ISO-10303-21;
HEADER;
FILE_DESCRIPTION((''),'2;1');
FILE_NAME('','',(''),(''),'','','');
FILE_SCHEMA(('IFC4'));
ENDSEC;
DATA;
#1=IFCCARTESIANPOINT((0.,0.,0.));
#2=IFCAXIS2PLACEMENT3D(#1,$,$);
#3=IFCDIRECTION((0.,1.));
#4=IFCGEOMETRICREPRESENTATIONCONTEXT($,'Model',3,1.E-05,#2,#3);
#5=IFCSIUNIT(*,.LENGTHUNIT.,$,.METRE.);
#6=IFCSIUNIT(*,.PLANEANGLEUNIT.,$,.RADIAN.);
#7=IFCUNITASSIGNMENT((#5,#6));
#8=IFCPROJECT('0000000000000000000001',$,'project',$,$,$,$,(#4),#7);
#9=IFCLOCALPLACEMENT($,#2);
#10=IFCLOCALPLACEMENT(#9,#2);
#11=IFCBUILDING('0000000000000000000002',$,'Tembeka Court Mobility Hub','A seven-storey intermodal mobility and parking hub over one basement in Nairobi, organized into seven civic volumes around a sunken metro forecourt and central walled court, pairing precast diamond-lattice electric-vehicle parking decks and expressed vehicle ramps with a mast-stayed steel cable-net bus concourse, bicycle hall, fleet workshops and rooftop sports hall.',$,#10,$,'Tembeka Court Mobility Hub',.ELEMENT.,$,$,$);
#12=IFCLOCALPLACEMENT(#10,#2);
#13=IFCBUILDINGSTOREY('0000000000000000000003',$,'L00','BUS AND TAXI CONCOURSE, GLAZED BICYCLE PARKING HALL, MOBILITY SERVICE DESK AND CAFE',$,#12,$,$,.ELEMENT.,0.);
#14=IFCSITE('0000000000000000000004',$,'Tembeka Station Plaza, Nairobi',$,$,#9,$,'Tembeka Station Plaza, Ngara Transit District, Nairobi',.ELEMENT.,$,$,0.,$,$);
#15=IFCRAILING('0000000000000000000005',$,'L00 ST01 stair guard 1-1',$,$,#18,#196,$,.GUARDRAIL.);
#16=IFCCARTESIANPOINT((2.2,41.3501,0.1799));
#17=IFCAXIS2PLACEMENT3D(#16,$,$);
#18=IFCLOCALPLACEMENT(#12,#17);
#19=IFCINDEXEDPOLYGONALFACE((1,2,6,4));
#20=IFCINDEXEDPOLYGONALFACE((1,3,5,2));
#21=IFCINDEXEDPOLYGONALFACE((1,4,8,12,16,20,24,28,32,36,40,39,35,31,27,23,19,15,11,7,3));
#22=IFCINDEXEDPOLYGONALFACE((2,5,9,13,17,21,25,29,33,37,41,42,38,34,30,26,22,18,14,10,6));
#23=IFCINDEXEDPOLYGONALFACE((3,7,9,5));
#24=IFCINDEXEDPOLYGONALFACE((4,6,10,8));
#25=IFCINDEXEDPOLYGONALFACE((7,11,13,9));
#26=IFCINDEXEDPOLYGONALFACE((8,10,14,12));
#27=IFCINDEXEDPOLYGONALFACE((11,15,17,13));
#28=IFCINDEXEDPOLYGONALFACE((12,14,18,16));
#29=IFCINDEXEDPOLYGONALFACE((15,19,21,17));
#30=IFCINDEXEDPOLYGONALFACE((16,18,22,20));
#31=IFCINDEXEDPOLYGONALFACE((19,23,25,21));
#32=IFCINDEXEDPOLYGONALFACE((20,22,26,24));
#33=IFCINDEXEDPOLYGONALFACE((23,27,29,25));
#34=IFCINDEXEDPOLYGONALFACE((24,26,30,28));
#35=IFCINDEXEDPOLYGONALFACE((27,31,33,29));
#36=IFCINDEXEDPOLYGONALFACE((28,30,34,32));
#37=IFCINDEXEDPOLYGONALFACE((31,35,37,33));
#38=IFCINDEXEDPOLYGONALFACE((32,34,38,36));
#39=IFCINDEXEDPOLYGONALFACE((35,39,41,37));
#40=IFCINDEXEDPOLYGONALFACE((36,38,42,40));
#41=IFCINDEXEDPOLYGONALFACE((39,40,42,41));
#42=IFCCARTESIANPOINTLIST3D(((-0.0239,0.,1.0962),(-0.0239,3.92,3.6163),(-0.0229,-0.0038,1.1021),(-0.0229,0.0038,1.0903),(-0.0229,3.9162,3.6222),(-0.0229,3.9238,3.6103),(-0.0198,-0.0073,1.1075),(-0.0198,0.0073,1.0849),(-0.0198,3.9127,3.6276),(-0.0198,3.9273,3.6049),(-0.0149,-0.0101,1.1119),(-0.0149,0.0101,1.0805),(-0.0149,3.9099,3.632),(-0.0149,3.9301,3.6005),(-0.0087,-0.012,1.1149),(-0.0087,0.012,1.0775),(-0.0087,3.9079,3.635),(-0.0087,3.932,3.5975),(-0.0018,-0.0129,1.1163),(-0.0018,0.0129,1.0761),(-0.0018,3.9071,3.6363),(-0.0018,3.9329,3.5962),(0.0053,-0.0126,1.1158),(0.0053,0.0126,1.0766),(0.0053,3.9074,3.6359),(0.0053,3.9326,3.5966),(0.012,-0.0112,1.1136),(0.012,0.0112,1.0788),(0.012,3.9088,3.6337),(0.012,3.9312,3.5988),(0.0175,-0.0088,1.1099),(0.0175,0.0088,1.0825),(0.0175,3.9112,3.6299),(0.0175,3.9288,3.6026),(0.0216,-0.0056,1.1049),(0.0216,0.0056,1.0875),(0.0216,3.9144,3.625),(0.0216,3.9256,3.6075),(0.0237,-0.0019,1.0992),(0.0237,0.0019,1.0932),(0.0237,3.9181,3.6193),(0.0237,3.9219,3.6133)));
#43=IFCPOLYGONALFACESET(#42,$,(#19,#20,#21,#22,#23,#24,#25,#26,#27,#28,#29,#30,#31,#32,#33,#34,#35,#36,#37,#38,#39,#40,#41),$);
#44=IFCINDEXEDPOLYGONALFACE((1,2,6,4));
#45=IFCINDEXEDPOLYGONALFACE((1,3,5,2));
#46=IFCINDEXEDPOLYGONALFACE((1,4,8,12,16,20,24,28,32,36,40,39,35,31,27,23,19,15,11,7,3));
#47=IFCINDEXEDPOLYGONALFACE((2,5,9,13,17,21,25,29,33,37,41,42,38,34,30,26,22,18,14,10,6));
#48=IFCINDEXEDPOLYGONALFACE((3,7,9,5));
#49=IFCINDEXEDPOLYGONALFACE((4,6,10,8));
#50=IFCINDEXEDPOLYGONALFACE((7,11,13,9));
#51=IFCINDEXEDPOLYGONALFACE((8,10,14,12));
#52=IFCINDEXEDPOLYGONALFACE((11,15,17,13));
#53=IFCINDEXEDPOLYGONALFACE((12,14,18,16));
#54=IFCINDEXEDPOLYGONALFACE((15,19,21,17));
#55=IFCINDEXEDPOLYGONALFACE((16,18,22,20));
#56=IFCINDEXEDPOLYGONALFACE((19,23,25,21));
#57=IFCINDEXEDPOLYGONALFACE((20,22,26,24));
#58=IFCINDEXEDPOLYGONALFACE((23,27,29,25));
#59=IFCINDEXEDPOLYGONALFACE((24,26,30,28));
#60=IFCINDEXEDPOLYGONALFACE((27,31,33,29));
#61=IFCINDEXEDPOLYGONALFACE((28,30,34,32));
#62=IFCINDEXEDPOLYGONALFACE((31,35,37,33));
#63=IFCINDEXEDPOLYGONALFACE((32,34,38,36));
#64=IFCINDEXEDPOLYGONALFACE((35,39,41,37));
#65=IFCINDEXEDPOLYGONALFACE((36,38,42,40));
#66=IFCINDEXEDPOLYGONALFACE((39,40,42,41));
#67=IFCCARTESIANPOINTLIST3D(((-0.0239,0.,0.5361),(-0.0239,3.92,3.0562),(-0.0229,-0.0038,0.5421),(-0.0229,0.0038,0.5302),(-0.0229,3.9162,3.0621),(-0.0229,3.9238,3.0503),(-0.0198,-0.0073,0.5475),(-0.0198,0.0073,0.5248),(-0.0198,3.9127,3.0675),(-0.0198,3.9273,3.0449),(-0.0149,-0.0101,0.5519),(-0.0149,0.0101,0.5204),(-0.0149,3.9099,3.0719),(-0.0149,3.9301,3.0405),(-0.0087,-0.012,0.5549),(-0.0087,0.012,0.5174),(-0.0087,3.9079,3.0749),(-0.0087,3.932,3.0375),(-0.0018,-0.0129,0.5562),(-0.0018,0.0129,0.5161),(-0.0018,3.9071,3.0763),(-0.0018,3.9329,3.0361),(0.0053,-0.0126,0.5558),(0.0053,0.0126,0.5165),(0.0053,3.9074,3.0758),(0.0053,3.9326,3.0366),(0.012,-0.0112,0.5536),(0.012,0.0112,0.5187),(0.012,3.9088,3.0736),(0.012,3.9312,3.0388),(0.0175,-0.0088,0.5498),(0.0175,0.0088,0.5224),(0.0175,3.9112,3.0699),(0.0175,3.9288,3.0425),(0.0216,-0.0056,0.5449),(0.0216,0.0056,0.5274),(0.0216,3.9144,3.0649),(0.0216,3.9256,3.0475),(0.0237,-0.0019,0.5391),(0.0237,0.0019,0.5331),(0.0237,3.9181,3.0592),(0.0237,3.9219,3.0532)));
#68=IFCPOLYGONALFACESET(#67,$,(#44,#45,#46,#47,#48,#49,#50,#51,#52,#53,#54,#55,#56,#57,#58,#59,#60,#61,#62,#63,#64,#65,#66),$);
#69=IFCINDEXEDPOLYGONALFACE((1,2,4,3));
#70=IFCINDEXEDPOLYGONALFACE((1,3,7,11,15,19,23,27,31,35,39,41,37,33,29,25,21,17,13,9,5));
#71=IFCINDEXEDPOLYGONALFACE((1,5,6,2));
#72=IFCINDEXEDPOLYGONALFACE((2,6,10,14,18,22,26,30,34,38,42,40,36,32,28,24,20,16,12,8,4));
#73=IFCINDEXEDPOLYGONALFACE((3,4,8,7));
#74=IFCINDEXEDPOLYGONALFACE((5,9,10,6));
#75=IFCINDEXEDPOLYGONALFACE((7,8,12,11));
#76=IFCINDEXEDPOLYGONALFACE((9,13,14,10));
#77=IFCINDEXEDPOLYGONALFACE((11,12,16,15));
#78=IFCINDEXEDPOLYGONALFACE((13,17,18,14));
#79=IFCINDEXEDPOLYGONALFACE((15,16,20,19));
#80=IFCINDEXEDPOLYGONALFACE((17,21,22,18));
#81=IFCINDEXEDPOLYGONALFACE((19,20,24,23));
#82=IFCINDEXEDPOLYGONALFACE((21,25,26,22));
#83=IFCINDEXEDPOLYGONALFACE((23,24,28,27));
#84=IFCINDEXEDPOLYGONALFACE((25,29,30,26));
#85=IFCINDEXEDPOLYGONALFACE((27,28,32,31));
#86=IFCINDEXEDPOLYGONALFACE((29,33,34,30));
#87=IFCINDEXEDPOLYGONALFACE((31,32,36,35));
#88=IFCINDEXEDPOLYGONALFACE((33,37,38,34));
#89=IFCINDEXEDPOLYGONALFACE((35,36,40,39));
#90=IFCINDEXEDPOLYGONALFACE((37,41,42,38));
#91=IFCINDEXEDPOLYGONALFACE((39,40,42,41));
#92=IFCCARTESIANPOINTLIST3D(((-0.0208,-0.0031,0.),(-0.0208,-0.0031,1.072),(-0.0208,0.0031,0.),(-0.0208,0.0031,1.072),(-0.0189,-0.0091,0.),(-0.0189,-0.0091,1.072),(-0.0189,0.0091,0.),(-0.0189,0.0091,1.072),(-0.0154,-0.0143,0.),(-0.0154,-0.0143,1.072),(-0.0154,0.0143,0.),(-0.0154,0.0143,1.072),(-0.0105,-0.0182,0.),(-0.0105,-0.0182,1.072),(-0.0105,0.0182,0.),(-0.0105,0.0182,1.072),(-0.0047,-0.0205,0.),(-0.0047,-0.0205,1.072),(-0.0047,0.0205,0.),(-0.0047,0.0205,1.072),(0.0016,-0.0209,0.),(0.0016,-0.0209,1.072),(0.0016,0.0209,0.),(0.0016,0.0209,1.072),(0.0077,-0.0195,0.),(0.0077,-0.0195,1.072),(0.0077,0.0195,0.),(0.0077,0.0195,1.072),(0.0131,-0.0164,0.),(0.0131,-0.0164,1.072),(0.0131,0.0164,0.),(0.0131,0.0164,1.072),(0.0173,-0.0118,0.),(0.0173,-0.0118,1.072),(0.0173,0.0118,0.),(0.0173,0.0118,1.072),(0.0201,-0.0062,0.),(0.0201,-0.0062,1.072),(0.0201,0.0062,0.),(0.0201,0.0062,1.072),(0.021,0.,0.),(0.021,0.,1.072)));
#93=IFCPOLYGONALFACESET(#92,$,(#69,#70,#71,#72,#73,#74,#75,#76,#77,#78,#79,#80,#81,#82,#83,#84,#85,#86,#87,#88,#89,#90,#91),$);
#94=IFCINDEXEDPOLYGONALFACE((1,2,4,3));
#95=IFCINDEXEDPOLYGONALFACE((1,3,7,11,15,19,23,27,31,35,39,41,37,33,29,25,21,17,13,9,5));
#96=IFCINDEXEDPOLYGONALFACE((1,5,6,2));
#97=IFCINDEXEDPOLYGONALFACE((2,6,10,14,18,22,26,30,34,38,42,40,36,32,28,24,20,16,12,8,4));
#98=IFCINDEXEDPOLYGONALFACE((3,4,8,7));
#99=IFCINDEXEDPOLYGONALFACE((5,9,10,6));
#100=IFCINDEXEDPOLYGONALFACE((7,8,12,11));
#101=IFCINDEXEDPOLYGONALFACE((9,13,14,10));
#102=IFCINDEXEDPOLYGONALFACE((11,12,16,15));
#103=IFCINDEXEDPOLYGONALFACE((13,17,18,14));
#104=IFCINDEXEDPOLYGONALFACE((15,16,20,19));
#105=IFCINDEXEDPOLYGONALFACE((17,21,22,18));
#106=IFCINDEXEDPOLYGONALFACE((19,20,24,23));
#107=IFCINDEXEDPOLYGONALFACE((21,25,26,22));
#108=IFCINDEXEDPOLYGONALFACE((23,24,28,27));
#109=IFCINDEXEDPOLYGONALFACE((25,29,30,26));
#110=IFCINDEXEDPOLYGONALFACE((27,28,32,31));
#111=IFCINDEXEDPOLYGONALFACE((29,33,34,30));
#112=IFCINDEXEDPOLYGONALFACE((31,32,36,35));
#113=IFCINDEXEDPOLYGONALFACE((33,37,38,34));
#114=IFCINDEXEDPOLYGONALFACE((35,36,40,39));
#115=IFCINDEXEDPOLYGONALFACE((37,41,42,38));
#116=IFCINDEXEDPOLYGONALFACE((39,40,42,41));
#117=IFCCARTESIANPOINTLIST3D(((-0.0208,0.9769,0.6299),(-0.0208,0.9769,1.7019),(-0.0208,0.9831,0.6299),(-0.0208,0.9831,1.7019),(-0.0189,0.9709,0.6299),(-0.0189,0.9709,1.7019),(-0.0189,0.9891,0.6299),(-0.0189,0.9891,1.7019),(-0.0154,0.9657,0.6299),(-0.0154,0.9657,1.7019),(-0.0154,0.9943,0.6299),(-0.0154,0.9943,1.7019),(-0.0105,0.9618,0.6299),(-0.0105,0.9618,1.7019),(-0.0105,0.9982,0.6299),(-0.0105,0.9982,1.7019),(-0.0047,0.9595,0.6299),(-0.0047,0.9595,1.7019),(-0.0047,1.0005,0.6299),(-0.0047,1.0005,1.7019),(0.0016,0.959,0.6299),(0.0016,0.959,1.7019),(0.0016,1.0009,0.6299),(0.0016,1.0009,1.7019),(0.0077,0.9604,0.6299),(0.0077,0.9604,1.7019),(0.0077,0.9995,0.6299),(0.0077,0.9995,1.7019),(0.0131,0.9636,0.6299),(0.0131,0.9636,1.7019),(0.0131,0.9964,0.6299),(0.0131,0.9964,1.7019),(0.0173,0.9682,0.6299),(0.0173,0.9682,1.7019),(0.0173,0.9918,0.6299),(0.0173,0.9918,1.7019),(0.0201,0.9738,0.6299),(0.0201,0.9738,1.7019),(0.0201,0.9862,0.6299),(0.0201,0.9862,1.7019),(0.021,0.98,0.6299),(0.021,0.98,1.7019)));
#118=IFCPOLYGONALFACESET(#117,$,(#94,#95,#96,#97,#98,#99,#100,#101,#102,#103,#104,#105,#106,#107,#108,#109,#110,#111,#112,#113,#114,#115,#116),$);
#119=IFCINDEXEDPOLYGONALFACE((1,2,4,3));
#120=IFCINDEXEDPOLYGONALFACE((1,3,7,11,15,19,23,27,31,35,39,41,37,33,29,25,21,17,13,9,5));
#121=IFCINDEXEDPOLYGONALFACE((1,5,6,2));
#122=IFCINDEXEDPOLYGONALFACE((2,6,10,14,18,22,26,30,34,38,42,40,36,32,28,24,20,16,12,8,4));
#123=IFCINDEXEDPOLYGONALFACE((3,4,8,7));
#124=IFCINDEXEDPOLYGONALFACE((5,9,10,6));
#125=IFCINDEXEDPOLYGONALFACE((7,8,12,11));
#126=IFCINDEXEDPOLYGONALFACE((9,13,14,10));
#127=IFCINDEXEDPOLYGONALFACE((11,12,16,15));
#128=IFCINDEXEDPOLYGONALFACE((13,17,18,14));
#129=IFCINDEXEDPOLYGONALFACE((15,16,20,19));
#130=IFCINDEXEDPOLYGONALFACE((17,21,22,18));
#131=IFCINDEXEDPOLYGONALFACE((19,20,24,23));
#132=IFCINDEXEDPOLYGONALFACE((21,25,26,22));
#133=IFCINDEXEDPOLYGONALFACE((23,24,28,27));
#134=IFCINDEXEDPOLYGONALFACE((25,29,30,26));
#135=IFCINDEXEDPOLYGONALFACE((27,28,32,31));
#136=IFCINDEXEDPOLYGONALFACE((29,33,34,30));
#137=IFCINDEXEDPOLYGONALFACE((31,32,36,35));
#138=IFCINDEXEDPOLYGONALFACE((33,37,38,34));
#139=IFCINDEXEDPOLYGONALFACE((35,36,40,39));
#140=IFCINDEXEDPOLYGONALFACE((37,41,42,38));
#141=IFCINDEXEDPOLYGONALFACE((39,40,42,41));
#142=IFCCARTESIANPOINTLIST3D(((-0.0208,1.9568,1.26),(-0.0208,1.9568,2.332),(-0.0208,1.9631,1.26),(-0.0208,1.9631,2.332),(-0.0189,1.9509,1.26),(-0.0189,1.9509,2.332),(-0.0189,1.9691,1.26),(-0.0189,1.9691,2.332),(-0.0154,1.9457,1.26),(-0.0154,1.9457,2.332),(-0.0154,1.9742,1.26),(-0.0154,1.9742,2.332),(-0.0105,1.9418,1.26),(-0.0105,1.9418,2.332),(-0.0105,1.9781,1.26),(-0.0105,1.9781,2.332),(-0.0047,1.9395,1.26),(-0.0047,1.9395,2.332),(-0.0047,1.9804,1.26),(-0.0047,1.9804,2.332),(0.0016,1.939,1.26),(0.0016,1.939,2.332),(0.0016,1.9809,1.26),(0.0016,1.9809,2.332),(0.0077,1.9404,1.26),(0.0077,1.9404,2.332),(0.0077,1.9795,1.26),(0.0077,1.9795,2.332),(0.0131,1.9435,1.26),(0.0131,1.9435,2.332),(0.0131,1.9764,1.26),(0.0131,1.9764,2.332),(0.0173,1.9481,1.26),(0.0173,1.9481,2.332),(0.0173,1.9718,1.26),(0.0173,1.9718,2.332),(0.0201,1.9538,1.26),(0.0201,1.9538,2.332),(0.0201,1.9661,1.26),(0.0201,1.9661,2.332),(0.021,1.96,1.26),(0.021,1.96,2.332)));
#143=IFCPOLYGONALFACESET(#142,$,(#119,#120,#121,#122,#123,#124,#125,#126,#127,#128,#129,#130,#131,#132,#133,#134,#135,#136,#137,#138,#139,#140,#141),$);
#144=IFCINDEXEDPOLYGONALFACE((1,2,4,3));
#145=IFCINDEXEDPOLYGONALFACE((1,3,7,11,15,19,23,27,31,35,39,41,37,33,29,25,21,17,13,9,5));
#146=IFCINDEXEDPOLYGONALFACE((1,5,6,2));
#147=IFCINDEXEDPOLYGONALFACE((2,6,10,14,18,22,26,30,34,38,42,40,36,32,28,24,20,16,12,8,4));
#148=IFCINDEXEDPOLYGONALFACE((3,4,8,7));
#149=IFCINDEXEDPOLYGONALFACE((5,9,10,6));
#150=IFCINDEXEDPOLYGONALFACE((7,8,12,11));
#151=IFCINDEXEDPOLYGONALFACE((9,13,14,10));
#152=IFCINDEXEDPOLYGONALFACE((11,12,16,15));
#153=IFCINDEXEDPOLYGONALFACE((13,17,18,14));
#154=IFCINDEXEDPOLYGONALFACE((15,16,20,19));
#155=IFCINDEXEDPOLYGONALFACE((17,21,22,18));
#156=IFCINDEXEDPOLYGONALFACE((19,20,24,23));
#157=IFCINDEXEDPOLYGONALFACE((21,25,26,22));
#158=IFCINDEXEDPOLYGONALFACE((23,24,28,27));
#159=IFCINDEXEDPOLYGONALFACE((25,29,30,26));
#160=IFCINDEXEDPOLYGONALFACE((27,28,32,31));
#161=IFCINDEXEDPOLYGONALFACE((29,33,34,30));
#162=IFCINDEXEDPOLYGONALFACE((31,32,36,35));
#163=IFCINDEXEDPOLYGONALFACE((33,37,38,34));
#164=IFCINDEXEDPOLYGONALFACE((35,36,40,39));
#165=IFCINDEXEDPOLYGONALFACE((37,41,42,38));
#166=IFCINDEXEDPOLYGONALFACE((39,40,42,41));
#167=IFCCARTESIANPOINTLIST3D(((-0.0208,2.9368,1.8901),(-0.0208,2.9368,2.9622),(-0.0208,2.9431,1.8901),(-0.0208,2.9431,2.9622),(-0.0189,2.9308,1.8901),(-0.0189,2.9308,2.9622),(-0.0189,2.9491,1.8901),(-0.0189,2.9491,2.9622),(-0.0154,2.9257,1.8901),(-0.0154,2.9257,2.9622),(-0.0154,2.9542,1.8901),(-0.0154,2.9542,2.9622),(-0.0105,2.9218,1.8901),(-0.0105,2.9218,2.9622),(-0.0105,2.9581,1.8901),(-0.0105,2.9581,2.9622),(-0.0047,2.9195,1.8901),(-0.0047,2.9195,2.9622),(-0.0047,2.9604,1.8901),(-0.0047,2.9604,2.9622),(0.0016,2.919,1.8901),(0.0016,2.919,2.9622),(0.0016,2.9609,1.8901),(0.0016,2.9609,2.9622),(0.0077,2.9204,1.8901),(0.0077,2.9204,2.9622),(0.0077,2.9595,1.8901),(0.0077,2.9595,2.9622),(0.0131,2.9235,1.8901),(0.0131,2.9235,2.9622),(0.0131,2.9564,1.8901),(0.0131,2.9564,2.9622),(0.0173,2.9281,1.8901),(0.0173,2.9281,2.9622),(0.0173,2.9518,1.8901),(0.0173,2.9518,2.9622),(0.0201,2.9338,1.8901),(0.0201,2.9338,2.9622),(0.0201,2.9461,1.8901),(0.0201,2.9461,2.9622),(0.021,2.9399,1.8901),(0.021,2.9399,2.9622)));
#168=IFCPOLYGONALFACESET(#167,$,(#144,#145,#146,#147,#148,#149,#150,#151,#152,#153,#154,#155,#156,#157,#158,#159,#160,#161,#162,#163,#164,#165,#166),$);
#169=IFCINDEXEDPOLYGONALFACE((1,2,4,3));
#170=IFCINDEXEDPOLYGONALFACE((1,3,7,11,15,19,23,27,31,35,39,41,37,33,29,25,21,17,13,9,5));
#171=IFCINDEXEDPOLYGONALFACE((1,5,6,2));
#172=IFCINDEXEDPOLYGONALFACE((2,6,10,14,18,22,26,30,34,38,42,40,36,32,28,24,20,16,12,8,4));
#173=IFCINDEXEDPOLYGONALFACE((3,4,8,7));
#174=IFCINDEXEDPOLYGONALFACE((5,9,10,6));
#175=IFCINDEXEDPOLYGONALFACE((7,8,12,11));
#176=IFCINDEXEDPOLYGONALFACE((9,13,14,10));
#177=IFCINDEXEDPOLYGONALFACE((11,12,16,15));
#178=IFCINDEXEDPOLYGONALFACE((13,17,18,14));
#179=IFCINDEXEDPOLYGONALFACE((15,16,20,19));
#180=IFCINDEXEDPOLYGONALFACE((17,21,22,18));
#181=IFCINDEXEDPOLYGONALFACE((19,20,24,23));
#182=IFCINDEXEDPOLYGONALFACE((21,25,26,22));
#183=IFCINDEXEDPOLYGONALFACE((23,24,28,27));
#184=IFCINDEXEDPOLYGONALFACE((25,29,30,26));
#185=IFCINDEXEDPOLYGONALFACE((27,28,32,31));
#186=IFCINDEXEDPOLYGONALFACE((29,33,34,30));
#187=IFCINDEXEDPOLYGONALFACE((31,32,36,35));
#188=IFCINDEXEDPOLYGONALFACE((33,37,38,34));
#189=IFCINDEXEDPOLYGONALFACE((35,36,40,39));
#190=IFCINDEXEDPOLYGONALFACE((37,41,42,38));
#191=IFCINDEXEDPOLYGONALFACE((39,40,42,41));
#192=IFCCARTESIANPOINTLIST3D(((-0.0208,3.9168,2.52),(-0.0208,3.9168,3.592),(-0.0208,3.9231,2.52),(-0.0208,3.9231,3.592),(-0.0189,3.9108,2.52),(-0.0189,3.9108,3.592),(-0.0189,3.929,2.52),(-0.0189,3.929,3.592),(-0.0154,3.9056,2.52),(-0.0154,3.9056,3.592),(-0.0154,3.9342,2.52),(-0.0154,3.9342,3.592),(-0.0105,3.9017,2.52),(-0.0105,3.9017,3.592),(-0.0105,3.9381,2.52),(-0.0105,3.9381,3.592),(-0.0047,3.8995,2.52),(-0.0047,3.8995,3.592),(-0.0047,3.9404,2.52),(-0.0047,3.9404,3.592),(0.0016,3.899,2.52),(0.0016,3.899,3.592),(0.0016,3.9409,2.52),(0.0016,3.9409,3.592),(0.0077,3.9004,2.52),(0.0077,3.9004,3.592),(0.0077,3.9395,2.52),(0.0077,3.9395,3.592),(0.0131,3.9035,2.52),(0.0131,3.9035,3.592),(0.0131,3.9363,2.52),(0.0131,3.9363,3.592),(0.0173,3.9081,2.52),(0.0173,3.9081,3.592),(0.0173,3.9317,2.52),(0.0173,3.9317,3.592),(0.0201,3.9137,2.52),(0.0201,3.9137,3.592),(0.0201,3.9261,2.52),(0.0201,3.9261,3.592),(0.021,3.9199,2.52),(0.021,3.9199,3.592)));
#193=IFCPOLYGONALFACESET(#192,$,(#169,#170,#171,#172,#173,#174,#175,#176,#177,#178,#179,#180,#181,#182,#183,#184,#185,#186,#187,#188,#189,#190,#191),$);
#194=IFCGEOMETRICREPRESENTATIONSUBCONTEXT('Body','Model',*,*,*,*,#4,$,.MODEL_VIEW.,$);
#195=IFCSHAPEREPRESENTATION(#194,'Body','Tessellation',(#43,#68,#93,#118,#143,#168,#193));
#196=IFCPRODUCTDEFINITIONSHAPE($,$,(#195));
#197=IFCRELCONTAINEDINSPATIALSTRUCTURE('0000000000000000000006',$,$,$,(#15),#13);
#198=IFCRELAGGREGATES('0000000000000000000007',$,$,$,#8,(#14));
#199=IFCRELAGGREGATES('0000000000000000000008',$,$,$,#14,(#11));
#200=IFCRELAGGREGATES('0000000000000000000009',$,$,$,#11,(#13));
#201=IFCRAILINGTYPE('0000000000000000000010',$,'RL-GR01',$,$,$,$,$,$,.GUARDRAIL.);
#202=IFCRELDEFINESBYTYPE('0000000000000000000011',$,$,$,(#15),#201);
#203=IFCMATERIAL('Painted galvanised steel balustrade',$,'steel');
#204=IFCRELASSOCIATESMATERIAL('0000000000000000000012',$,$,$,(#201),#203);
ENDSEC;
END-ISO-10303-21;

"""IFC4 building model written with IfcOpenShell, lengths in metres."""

from ifc_helpers import new_model, si_unit, direction, frame, origin, origin_2d, place, context, subcontext, project, spatial, circle, extrude, material, type_object, element, save


model = new_model("IFC4")

# Units and contexts
model_context = context("Model", 3, precision=1e-05, world=origin(), true_north=direction((0.0, 1.0)))
body_context = subcontext(model_context, "Body", "Model", "MODEL_VIEW")
ifc_project = project(units=[si_unit("LENGTHUNIT", "METRE"), si_unit("PLANEANGLEUNIT", "RADIAN")], contexts=[model_context])

# Site, building, storey
site_placement = place(None, origin())
site = spatial("IfcSite", under=ifc_project, at=site_placement, Name="Tembeka Station Plaza, Nairobi", LongName="Tembeka Station Plaza, Ngara Transit District, Nairobi", CompositionType="ELEMENT", RefElevation=0.0)
building_placement = place(site_placement, origin())
building = spatial("IfcBuilding", under=site, at=building_placement, Name="Tembeka Court Mobility Hub", Description="A seven-storey intermodal mobility and parking hub over one basement in Nairobi, organized into seven civic volumes around a sunken metro forecourt and central walled court, pairing precast diamond-lattice electric-vehicle parking decks and expressed vehicle ramps with a mast-stayed steel cable-net bus concourse, bicycle hall, fleet workshops and rooftop sports hall.", LongName="Tembeka Court Mobility Hub", CompositionType="ELEMENT")
storey_placement = place(building_placement, origin())
storey = spatial("IfcBuildingStorey", under=building, at=storey_placement, Name="L00", Description="BUS AND TAXI CONCOURSE, GLAZED BICYCLE PARKING HALL, MOBILITY SERVICE DESK AND CAFE", CompositionType="ELEMENT", Elevation=0.0)

# Railing
ifc_material_1 = material(Name="Painted galvanised steel balustrade", Category="steel")
railing_type_1 = type_object("IfcRailingType", Name="RL-GR01", PredefinedType="GUARDRAIL", material=ifc_material_1)
railing_1_placement = place(storey_placement, frame((2.2, 41.3501, 0.1799)))
element("IfcRailing", 1, at=railing_1_placement, inside=storey, type_object=railing_type_1, Name="L00 ST01 stair guard 1-1", PredefinedType="GUARDRAIL", context=body_context, shape_type="SweptSolid", body=[
    extrude(circle(Radius=0.0239, at=origin_2d()), frame((0.0, 0.0, 1.0962), z_axis=(0.0, 0.841172, 0.540768), x_axis=(-1.0, 0.0, 0.0)), (0.0, 0.0, 1.0), 4.6602),
    extrude(circle(Radius=0.0239, at=origin_2d()), frame((0.0, 0.0, 0.5361), z_axis=(0.0, 0.841172, 0.540768), x_axis=(-1.0, 0.0, 0.0)), (0.0, 0.0, 1.0), 4.6602),
    extrude(circle(Radius=0.021, at=origin_2d()), origin(), (0.0, 0.0, 1.0), 1.072),
    extrude(circle(Radius=0.021, at=origin_2d()), frame((0.0, 0.98, 0.6299)), (0.0, 0.0, 1.0), 1.072),
    extrude(circle(Radius=0.021, at=origin_2d()), frame((0.0, 1.96, 1.26)), (0.0, 0.0, 1.0), 1.072),
    extrude(circle(Radius=0.021, at=origin_2d()), frame((0.0, 2.9399, 1.8901)), (0.0, 0.0, 1.0), 1.072),
    extrude(circle(Radius=0.021, at=origin_2d()), frame((0.0, 3.9199, 2.52)), (0.0, 0.0, 1.0), 1.072),
])

save(model, "model.ifc")
